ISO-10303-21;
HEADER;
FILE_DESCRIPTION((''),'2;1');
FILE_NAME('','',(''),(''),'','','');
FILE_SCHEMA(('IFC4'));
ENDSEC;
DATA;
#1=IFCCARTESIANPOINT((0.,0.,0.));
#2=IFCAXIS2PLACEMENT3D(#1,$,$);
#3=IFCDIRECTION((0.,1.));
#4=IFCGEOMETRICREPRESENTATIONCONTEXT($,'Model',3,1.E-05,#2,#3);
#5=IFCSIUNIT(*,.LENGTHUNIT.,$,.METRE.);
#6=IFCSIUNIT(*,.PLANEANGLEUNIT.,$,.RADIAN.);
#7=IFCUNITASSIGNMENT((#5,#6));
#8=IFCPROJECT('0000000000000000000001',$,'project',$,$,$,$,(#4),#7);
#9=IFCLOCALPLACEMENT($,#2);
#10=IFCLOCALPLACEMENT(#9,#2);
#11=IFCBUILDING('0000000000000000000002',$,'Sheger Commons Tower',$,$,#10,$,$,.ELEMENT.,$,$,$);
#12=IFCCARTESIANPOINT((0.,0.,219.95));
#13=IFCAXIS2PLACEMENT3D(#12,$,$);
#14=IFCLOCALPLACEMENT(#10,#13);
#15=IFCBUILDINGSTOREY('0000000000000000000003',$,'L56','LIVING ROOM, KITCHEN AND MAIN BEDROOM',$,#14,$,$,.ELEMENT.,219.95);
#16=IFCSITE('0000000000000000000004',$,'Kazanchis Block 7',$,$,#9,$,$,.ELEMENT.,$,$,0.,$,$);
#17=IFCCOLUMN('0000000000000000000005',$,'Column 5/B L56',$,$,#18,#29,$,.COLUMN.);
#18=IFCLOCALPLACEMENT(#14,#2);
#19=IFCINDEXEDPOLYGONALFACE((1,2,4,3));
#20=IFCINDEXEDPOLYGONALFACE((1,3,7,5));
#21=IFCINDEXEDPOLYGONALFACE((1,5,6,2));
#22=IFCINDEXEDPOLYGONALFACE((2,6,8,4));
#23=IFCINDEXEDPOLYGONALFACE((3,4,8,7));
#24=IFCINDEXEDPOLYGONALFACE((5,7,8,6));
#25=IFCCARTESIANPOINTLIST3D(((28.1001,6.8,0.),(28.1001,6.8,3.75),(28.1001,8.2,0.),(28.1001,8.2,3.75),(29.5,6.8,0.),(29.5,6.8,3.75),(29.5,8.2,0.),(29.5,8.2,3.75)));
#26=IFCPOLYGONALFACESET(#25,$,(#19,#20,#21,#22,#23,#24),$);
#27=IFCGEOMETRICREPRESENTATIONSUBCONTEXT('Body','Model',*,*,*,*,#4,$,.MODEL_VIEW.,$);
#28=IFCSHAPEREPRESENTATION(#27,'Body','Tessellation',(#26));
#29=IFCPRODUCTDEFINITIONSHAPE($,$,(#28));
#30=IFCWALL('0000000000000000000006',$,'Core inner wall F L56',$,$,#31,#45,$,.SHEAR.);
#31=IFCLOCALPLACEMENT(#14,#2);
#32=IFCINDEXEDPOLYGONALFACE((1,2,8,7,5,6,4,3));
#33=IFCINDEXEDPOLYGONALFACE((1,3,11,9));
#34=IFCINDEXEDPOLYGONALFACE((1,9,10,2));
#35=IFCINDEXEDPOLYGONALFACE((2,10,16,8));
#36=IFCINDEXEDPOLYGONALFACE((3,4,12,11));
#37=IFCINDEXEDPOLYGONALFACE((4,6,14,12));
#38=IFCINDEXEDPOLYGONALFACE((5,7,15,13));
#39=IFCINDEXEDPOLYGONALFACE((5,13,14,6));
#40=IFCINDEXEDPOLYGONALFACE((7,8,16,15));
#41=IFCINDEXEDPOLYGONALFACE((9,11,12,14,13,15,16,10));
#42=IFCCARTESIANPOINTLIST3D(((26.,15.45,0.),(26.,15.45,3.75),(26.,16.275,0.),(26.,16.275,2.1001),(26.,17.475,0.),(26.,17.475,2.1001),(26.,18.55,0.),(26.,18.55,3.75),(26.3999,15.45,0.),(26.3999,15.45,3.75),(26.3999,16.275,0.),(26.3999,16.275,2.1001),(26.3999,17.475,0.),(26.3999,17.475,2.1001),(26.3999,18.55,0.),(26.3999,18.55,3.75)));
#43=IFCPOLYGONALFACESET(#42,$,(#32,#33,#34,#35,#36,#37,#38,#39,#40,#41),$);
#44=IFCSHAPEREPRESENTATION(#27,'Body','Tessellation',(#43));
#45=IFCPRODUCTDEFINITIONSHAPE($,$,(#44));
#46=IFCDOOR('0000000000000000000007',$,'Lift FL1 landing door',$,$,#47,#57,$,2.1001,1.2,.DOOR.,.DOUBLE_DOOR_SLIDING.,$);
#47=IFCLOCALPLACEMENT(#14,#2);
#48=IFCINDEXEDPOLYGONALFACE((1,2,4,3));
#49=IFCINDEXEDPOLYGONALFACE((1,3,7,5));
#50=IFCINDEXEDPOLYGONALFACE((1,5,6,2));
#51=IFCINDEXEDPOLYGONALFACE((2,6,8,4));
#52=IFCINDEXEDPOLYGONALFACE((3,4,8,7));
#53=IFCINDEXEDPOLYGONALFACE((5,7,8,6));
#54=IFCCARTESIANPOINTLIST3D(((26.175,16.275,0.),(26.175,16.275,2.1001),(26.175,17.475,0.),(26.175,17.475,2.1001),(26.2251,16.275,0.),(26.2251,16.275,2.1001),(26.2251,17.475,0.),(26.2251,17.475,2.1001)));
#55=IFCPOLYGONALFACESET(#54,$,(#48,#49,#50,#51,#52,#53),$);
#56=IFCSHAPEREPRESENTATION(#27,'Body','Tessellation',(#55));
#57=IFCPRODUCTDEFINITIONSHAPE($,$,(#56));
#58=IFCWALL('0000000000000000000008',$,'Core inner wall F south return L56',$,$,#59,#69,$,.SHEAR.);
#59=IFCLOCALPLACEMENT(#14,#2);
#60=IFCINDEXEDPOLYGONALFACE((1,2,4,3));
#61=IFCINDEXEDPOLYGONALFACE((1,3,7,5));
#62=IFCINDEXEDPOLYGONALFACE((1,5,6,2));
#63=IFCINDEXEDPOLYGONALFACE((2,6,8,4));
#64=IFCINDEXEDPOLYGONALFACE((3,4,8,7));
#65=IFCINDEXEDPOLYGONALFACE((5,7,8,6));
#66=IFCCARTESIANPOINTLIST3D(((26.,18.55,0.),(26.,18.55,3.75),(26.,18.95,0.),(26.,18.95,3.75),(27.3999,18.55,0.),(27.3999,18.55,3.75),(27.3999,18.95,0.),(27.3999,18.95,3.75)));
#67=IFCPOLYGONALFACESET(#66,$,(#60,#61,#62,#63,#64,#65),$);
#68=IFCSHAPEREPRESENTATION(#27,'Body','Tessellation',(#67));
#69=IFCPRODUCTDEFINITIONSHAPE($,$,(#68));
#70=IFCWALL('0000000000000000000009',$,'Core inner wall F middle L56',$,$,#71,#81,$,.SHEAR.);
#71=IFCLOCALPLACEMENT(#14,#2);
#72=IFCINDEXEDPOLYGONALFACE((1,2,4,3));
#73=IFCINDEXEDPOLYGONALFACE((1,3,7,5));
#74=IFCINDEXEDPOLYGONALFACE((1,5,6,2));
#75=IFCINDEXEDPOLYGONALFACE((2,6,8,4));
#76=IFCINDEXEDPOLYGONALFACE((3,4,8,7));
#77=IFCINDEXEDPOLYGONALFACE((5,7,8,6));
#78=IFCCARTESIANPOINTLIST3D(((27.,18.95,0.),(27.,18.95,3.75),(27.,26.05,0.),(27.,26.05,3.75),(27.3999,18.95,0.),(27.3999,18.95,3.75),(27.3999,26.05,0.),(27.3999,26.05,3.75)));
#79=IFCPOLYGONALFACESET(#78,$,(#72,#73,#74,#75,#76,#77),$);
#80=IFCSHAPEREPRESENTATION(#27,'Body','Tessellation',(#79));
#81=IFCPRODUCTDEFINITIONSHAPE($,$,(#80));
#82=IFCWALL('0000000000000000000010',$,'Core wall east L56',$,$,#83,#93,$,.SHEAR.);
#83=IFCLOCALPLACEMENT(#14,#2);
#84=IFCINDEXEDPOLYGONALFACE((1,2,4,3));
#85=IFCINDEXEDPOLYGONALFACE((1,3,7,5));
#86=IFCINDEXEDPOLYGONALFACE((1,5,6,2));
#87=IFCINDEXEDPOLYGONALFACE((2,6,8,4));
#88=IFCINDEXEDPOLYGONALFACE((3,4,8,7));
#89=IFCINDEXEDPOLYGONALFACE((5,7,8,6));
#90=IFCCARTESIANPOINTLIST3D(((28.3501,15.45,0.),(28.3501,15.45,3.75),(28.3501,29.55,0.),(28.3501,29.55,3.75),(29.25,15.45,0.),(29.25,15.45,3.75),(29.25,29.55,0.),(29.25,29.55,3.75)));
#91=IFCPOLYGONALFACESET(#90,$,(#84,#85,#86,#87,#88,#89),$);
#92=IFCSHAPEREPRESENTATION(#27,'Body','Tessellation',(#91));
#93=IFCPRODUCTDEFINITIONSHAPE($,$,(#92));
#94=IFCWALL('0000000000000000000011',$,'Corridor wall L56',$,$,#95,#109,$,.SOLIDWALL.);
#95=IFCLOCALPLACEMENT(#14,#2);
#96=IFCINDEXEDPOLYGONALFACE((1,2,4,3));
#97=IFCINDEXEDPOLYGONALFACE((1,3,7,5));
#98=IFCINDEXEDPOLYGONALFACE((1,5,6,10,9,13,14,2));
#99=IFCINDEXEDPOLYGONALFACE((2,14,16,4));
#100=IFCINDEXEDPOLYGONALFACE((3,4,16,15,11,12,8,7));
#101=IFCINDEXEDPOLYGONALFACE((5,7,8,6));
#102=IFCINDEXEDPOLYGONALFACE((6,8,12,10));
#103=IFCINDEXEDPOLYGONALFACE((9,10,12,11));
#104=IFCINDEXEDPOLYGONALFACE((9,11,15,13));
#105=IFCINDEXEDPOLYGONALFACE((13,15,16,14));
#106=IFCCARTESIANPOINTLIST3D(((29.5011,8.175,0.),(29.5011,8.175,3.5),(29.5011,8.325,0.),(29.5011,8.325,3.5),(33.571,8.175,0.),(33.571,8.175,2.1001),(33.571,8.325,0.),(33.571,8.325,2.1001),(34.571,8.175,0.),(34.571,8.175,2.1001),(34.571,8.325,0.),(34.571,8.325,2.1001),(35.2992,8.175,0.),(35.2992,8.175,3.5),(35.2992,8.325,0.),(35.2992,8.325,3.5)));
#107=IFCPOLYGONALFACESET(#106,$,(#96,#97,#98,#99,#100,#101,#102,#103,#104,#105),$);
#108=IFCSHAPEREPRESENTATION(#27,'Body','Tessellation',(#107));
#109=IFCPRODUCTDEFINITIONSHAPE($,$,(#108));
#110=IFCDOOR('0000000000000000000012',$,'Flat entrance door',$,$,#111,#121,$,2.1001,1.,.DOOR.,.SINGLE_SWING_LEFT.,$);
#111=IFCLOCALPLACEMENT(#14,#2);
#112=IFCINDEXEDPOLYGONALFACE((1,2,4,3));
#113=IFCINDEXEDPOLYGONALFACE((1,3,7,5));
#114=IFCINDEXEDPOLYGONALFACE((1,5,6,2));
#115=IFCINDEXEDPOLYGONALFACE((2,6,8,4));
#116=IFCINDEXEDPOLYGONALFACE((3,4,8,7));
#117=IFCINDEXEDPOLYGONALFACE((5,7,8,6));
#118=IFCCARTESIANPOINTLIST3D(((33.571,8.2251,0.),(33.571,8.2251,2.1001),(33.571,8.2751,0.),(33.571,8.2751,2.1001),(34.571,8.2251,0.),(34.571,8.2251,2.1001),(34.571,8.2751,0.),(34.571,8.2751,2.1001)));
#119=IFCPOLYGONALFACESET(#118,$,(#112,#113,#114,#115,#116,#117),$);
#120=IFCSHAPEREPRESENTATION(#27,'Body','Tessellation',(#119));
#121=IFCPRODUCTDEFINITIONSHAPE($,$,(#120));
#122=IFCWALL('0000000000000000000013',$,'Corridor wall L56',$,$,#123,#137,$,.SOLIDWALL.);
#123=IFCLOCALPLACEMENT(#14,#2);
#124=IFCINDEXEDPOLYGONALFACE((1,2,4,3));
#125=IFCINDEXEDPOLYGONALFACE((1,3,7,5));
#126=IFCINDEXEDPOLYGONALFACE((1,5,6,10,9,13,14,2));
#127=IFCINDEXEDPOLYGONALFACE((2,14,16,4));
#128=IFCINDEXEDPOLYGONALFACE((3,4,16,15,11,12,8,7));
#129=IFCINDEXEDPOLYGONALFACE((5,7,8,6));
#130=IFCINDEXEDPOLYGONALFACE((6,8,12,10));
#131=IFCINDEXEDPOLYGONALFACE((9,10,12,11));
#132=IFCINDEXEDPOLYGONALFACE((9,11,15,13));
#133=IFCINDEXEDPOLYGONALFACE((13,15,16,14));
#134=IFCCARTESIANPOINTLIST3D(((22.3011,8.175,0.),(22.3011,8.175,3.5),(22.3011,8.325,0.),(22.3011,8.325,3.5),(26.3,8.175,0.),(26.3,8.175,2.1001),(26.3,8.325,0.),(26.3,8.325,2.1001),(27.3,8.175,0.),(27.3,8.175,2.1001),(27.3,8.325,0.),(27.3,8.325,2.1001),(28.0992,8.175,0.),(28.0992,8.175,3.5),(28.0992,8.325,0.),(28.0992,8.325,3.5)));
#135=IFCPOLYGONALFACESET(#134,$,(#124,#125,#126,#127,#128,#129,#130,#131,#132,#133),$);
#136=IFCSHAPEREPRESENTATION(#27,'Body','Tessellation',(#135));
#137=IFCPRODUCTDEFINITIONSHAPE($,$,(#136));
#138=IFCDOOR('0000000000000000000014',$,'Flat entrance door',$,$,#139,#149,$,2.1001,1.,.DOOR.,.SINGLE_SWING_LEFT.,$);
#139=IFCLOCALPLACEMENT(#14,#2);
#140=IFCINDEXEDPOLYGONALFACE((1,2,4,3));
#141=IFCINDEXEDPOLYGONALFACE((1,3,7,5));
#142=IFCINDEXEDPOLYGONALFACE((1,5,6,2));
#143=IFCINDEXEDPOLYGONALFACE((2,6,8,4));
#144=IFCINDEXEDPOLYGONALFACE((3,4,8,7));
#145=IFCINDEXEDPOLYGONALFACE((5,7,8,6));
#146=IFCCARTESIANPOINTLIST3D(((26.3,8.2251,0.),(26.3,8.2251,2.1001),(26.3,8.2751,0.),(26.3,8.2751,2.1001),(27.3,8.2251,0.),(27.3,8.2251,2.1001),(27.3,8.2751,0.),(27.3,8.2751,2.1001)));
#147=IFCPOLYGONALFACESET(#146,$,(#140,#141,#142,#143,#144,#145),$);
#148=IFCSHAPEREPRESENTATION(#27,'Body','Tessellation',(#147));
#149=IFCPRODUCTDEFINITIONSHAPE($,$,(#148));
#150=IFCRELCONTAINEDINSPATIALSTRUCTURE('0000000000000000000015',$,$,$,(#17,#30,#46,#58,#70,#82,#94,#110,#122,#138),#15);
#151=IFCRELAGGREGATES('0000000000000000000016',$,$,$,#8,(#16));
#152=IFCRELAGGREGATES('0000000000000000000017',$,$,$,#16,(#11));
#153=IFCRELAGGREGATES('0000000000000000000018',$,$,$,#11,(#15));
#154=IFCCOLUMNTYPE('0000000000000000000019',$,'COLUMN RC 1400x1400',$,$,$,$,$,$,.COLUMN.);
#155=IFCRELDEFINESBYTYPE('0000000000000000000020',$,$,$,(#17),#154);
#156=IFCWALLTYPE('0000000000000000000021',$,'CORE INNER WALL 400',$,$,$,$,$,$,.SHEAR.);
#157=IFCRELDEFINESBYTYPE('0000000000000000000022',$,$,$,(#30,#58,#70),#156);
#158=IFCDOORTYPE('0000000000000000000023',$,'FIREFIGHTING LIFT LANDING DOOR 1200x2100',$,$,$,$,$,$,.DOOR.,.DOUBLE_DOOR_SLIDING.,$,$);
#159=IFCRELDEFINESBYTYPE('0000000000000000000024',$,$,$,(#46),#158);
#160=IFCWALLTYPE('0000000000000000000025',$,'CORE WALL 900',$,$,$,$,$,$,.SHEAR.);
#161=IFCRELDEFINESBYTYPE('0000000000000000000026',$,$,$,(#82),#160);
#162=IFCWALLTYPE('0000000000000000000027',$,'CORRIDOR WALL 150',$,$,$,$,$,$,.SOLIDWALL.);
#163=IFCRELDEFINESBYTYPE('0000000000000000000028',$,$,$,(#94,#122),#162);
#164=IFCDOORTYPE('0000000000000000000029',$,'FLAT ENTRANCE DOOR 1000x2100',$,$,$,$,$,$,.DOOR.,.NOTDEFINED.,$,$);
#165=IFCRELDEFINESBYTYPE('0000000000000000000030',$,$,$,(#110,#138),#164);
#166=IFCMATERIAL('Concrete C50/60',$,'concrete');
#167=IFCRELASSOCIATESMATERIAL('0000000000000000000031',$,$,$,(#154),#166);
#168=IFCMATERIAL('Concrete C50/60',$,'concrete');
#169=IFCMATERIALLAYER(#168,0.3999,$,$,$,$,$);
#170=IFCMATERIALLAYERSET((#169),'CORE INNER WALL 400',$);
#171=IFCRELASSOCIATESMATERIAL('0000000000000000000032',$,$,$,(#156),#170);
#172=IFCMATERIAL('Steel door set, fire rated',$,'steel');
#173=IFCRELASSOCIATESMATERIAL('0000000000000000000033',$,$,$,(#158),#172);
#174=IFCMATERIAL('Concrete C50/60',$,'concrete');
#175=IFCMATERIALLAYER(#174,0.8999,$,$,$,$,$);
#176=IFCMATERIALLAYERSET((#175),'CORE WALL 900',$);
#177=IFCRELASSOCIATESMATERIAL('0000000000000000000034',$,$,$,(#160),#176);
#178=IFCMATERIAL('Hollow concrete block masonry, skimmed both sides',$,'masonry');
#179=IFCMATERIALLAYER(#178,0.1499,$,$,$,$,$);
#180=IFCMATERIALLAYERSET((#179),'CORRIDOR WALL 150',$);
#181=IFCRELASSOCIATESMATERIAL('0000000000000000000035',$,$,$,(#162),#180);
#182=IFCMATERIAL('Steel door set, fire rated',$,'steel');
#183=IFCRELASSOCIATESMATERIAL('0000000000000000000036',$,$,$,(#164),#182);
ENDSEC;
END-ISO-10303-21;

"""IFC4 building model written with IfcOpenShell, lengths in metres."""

from ifc_helpers import new_model, si_unit, direction, frame, frame_2d, origin, origin_2d, place, context, subcontext, project, spatial, rectangle, extrude, material, layer, layer_set, material_profile, profile_set, type_object, element, fill, save


model = new_model("IFC4")

# Units and contexts
model_context = context("Model", 3, precision=1e-05, world=origin(), true_north=direction((0.0, 1.0)))
body_context = subcontext(model_context, "Body", "Model", "MODEL_VIEW")
ifc_project = project(units=[si_unit("LENGTHUNIT", "METRE"), si_unit("PLANEANGLEUNIT", "RADIAN")], contexts=[model_context])

# Site, building, storey
site_placement = place(None, origin())
site = spatial("IfcSite", under=ifc_project, at=site_placement, Name="Kazanchis Block 7", CompositionType="ELEMENT", RefElevation=0.0)
building_placement = place(site_placement, origin())
building = spatial("IfcBuilding", under=site, at=building_placement, Name="Sheger Commons Tower", CompositionType="ELEMENT")
storey_placement = place(building_placement, frame((0.0, 0.0, 219.95)))
storey = spatial("IfcBuildingStorey", under=building, at=storey_placement, Name="L56", Description="LIVING ROOM, KITCHEN AND MAIN BEDROOM", CompositionType="ELEMENT", Elevation=219.95)

# Column
ifc_material_1 = material(Name="Concrete C50/60", Category="concrete")
ifc_material_profile = material_profile(ifc_material_1, rectangle(XDim=1.3999, YDim=1.3999, at=origin_2d()), Name="RC 1400x1400")
ifc_profile_set = profile_set([ifc_material_profile], Name="Concrete C50/60")
column_type = type_object("IfcColumnType", Name="COLUMN RC 1400x1400", PredefinedType="COLUMN", material=ifc_profile_set)
column_placement = place(storey_placement, frame((28.8, 7.5, 0.0), z_axis=(0.0, 0.0, 1.0), x_axis=(1.0, 0.0, 0.0)))
element("IfcColumn", 1, at=column_placement, inside=storey, type_object=column_type, Name="Column 5/B L56", PredefinedType="COLUMN", context=body_context, shape_type="SweptSolid", body=[
    extrude(rectangle(XDim=1.3999, YDim=1.3999, at=origin_2d()), origin(), (0.0, 0.0, 1.0), 3.75),
])

# Wall, opening, door
ifc_material_2 = material(Name="Concrete C50/60", Category="concrete")
ifc_layer_1 = layer(ifc_material_2, 0.3999)
ifc_layer_set_1 = layer_set([ifc_layer_1], Name="CORE INNER WALL 400")
wall_type_1 = type_object("IfcWallType", Name="CORE INNER WALL 400", PredefinedType="SHEAR", material=ifc_layer_set_1)
wall_1_placement = place(storey_placement, frame((26.2, 15.45, 0.0), z_axis=(0.0, 0.0, 1.0), x_axis=(0.0, 1.0, 0.0)))
wall_1 = element("IfcWall", 2, at=wall_1_placement, inside=storey, type_object=wall_type_1, Name="Core inner wall F L56", PredefinedType="SHEAR", context=body_context, shape_type="SweptSolid", body=[
    extrude(rectangle(XDim=3.1001, YDim=0.3999, at=frame_2d((1.55, 0.0))), origin(), (0.0, 0.0, 1.0), 3.75),
])
opening_1_placement = place(wall_1_placement, frame((0.825, 0.0, 0.0)))
opening_1 = element("IfcOpeningElement", 3, at=opening_1_placement, cuts=wall_1, PredefinedType="OPENING", context=body_context, shape_type="SweptSolid", body=[
    extrude(rectangle(XDim=1.2, YDim=2.1001, at=frame_2d((0.6001, 1.05))), frame((0.0, 0.21, 0.0), z_axis=(0.0, -1.0, 0.0), x_axis=(1.0, 0.0, 0.0)), (0.0, 0.0, 1.0), 0.4199),
])
ifc_material_3 = material(Name="Steel door set, fire rated", Category="steel")
door_type_1 = type_object("IfcDoorType", Name="FIREFIGHTING LIFT LANDING DOOR 1200x2100", OperationType="DOUBLE_DOOR_SLIDING", PredefinedType="DOOR", material=ifc_material_3)
door_1_placement = place(opening_1_placement, origin())
door_1 = element("IfcDoor", 4, at=door_1_placement, inside=storey, type_object=door_type_1, Name="Lift FL1 landing door", OperationType="DOUBLE_DOOR_SLIDING", OverallHeight=2.1001, OverallWidth=1.2, PredefinedType="DOOR", context=body_context, shape_type="SweptSolid", body=[
    extrude(rectangle(XDim=1.2, YDim=2.1001, at=frame_2d((0.6001, 1.05))), frame((0.0, 0.0249, 0.0), z_axis=(0.0, -1.0, 0.0), x_axis=(1.0, 0.0, 0.0)), (0.0, 0.0, 1.0), 0.05),
])
fill(opening_1, door_1)

# Walls
wall_2_placement = place(storey_placement, frame((26.0, 18.75, 0.0), z_axis=(0.0, 0.0, 1.0), x_axis=(1.0, 0.0, 0.0)))
element("IfcWall", 5, at=wall_2_placement, inside=storey, type_object=wall_type_1, Name="Core inner wall F south return L56", PredefinedType="SHEAR", context=body_context, shape_type="SweptSolid", body=[
    extrude(rectangle(XDim=1.3999, YDim=0.3999, at=frame_2d((0.7, 0.0))), origin(), (0.0, 0.0, 1.0), 3.75),
])
wall_3_placement = place(storey_placement, frame((27.2, 18.95, 0.0), z_axis=(0.0, 0.0, 1.0), x_axis=(0.0, 1.0, 0.0)))
element("IfcWall", 6, at=wall_3_placement, inside=storey, type_object=wall_type_1, Name="Core inner wall F middle L56", PredefinedType="SHEAR", context=body_context, shape_type="SweptSolid", body=[
    extrude(rectangle(XDim=7.1001, YDim=0.3999, at=frame_2d((3.55, 0.0))), origin(), (0.0, 0.0, 1.0), 3.75),
])
ifc_material_4 = material(Name="Concrete C50/60", Category="concrete")
ifc_layer_2 = layer(ifc_material_4, 0.8999)
ifc_layer_set_2 = layer_set([ifc_layer_2], Name="CORE WALL 900")
wall_type_2 = type_object("IfcWallType", Name="CORE WALL 900", PredefinedType="SHEAR", material=ifc_layer_set_2)
wall_4_placement = place(storey_placement, frame((28.8, 15.45, 0.0), z_axis=(0.0, 0.0, 1.0), x_axis=(0.0, 1.0, 0.0)))
element("IfcWall", 7, at=wall_4_placement, inside=storey, type_object=wall_type_2, Name="Core wall east L56", PredefinedType="SHEAR", context=body_context, shape_type="SweptSolid", body=[
    extrude(rectangle(XDim=14.1001, YDim=0.8999, at=frame_2d((7.05, 0.0))), origin(), (0.0, 0.0, 1.0), 3.75),
])

# Walls, openings, doors
ifc_material_5 = material(Name="Hollow concrete block masonry, skimmed both sides", Category="masonry")
ifc_layer_3 = layer(ifc_material_5, 0.1499)
ifc_layer_set_3 = layer_set([ifc_layer_3], Name="CORRIDOR WALL 150")
wall_type_3 = type_object("IfcWallType", Name="CORRIDOR WALL 150", PredefinedType="SOLIDWALL", material=ifc_layer_set_3)
wall_5_placement = place(storey_placement, frame((35.2991, 8.25, 0.0), z_axis=(0.0, 0.0, 1.0), x_axis=(-1.0, 0.0, 0.0)))
wall_5 = element("IfcWall", 8, at=wall_5_placement, inside=storey, type_object=wall_type_3, Name="Corridor wall L56", PredefinedType="SOLIDWALL", context=body_context, shape_type="SweptSolid", body=[
    extrude(rectangle(XDim=5.7981, YDim=0.1499, at=frame_2d((2.8989, 0.0))), origin(), (0.0, 0.0, 1.0), 3.5),
])
opening_2_placement = place(wall_5_placement, frame((0.728, 0.0, 0.0)))
opening_2 = element("IfcOpeningElement", 9, at=opening_2_placement, cuts=wall_5, PredefinedType="OPENING", context=body_context, shape_type="SweptSolid", body=[
    extrude(rectangle(XDim=1.0, YDim=2.1001, at=frame_2d((0.5, 1.05))), frame((0.0, 0.085, 0.0), z_axis=(0.0, -1.0, 0.0), x_axis=(1.0, 0.0, 0.0)), (0.0, 0.0, 1.0), 0.1699),
])
ifc_material_6 = material(Name="Steel door set, fire rated", Category="steel")
door_type_2 = type_object("IfcDoorType", Name="FLAT ENTRANCE DOOR 1000x2100", OperationType="NOTDEFINED", PredefinedType="DOOR", material=ifc_material_6)
door_2_placement = place(opening_2_placement, origin())
door_2 = element("IfcDoor", 10, at=door_2_placement, inside=storey, type_object=door_type_2, Name="Flat entrance door", OperationType="SINGLE_SWING_LEFT", OverallHeight=2.1001, OverallWidth=1.0, PredefinedType="DOOR", context=body_context, shape_type="SweptSolid", body=[
    extrude(rectangle(XDim=1.0, YDim=2.1001, at=frame_2d((0.5, 1.05))), frame((0.0, 0.0249, 0.0), z_axis=(0.0, -1.0, 0.0), x_axis=(1.0, 0.0, 0.0)), (0.0, 0.0, 1.0), 0.05),
])
fill(opening_2, door_2)
wall_6_placement = place(storey_placement, frame((28.0991, 8.25, 0.0), z_axis=(0.0, 0.0, 1.0), x_axis=(-1.0, 0.0, 0.0)))
wall_6 = element("IfcWall", 11, at=wall_6_placement, inside=storey, type_object=wall_type_3, Name="Corridor wall L56", PredefinedType="SOLIDWALL", context=body_context, shape_type="SweptSolid", body=[
    extrude(rectangle(XDim=5.7981, YDim=0.1499, at=frame_2d((2.8989, 0.0))), origin(), (0.0, 0.0, 1.0), 3.5),
])
opening_3_placement = place(wall_6_placement, frame((0.7991, 0.0, 0.0)))
opening_3 = element("IfcOpeningElement", 12, at=opening_3_placement, cuts=wall_6, PredefinedType="OPENING", context=body_context, shape_type="SweptSolid", body=[
    extrude(rectangle(XDim=1.0, YDim=2.1001, at=frame_2d((0.5, 1.05))), frame((0.0, 0.085, 0.0), z_axis=(0.0, -1.0, 0.0), x_axis=(1.0, 0.0, 0.0)), (0.0, 0.0, 1.0), 0.1699),
])
door_3_placement = place(opening_3_placement, origin())
door_3 = element("IfcDoor", 13, at=door_3_placement, inside=storey, type_object=door_type_2, Name="Flat entrance door", OperationType="SINGLE_SWING_LEFT", OverallHeight=2.1001, OverallWidth=1.0, PredefinedType="DOOR", context=body_context, shape_type="SweptSolid", body=[
    extrude(rectangle(XDim=1.0, YDim=2.1001, at=frame_2d((0.5, 1.05))), frame((0.0, 0.0249, 0.0), z_axis=(0.0, -1.0, 0.0), x_axis=(1.0, 0.0, 0.0)), (0.0, 0.0, 1.0), 0.05),
])
fill(opening_3, door_3)

save(model, "model.ifc")
